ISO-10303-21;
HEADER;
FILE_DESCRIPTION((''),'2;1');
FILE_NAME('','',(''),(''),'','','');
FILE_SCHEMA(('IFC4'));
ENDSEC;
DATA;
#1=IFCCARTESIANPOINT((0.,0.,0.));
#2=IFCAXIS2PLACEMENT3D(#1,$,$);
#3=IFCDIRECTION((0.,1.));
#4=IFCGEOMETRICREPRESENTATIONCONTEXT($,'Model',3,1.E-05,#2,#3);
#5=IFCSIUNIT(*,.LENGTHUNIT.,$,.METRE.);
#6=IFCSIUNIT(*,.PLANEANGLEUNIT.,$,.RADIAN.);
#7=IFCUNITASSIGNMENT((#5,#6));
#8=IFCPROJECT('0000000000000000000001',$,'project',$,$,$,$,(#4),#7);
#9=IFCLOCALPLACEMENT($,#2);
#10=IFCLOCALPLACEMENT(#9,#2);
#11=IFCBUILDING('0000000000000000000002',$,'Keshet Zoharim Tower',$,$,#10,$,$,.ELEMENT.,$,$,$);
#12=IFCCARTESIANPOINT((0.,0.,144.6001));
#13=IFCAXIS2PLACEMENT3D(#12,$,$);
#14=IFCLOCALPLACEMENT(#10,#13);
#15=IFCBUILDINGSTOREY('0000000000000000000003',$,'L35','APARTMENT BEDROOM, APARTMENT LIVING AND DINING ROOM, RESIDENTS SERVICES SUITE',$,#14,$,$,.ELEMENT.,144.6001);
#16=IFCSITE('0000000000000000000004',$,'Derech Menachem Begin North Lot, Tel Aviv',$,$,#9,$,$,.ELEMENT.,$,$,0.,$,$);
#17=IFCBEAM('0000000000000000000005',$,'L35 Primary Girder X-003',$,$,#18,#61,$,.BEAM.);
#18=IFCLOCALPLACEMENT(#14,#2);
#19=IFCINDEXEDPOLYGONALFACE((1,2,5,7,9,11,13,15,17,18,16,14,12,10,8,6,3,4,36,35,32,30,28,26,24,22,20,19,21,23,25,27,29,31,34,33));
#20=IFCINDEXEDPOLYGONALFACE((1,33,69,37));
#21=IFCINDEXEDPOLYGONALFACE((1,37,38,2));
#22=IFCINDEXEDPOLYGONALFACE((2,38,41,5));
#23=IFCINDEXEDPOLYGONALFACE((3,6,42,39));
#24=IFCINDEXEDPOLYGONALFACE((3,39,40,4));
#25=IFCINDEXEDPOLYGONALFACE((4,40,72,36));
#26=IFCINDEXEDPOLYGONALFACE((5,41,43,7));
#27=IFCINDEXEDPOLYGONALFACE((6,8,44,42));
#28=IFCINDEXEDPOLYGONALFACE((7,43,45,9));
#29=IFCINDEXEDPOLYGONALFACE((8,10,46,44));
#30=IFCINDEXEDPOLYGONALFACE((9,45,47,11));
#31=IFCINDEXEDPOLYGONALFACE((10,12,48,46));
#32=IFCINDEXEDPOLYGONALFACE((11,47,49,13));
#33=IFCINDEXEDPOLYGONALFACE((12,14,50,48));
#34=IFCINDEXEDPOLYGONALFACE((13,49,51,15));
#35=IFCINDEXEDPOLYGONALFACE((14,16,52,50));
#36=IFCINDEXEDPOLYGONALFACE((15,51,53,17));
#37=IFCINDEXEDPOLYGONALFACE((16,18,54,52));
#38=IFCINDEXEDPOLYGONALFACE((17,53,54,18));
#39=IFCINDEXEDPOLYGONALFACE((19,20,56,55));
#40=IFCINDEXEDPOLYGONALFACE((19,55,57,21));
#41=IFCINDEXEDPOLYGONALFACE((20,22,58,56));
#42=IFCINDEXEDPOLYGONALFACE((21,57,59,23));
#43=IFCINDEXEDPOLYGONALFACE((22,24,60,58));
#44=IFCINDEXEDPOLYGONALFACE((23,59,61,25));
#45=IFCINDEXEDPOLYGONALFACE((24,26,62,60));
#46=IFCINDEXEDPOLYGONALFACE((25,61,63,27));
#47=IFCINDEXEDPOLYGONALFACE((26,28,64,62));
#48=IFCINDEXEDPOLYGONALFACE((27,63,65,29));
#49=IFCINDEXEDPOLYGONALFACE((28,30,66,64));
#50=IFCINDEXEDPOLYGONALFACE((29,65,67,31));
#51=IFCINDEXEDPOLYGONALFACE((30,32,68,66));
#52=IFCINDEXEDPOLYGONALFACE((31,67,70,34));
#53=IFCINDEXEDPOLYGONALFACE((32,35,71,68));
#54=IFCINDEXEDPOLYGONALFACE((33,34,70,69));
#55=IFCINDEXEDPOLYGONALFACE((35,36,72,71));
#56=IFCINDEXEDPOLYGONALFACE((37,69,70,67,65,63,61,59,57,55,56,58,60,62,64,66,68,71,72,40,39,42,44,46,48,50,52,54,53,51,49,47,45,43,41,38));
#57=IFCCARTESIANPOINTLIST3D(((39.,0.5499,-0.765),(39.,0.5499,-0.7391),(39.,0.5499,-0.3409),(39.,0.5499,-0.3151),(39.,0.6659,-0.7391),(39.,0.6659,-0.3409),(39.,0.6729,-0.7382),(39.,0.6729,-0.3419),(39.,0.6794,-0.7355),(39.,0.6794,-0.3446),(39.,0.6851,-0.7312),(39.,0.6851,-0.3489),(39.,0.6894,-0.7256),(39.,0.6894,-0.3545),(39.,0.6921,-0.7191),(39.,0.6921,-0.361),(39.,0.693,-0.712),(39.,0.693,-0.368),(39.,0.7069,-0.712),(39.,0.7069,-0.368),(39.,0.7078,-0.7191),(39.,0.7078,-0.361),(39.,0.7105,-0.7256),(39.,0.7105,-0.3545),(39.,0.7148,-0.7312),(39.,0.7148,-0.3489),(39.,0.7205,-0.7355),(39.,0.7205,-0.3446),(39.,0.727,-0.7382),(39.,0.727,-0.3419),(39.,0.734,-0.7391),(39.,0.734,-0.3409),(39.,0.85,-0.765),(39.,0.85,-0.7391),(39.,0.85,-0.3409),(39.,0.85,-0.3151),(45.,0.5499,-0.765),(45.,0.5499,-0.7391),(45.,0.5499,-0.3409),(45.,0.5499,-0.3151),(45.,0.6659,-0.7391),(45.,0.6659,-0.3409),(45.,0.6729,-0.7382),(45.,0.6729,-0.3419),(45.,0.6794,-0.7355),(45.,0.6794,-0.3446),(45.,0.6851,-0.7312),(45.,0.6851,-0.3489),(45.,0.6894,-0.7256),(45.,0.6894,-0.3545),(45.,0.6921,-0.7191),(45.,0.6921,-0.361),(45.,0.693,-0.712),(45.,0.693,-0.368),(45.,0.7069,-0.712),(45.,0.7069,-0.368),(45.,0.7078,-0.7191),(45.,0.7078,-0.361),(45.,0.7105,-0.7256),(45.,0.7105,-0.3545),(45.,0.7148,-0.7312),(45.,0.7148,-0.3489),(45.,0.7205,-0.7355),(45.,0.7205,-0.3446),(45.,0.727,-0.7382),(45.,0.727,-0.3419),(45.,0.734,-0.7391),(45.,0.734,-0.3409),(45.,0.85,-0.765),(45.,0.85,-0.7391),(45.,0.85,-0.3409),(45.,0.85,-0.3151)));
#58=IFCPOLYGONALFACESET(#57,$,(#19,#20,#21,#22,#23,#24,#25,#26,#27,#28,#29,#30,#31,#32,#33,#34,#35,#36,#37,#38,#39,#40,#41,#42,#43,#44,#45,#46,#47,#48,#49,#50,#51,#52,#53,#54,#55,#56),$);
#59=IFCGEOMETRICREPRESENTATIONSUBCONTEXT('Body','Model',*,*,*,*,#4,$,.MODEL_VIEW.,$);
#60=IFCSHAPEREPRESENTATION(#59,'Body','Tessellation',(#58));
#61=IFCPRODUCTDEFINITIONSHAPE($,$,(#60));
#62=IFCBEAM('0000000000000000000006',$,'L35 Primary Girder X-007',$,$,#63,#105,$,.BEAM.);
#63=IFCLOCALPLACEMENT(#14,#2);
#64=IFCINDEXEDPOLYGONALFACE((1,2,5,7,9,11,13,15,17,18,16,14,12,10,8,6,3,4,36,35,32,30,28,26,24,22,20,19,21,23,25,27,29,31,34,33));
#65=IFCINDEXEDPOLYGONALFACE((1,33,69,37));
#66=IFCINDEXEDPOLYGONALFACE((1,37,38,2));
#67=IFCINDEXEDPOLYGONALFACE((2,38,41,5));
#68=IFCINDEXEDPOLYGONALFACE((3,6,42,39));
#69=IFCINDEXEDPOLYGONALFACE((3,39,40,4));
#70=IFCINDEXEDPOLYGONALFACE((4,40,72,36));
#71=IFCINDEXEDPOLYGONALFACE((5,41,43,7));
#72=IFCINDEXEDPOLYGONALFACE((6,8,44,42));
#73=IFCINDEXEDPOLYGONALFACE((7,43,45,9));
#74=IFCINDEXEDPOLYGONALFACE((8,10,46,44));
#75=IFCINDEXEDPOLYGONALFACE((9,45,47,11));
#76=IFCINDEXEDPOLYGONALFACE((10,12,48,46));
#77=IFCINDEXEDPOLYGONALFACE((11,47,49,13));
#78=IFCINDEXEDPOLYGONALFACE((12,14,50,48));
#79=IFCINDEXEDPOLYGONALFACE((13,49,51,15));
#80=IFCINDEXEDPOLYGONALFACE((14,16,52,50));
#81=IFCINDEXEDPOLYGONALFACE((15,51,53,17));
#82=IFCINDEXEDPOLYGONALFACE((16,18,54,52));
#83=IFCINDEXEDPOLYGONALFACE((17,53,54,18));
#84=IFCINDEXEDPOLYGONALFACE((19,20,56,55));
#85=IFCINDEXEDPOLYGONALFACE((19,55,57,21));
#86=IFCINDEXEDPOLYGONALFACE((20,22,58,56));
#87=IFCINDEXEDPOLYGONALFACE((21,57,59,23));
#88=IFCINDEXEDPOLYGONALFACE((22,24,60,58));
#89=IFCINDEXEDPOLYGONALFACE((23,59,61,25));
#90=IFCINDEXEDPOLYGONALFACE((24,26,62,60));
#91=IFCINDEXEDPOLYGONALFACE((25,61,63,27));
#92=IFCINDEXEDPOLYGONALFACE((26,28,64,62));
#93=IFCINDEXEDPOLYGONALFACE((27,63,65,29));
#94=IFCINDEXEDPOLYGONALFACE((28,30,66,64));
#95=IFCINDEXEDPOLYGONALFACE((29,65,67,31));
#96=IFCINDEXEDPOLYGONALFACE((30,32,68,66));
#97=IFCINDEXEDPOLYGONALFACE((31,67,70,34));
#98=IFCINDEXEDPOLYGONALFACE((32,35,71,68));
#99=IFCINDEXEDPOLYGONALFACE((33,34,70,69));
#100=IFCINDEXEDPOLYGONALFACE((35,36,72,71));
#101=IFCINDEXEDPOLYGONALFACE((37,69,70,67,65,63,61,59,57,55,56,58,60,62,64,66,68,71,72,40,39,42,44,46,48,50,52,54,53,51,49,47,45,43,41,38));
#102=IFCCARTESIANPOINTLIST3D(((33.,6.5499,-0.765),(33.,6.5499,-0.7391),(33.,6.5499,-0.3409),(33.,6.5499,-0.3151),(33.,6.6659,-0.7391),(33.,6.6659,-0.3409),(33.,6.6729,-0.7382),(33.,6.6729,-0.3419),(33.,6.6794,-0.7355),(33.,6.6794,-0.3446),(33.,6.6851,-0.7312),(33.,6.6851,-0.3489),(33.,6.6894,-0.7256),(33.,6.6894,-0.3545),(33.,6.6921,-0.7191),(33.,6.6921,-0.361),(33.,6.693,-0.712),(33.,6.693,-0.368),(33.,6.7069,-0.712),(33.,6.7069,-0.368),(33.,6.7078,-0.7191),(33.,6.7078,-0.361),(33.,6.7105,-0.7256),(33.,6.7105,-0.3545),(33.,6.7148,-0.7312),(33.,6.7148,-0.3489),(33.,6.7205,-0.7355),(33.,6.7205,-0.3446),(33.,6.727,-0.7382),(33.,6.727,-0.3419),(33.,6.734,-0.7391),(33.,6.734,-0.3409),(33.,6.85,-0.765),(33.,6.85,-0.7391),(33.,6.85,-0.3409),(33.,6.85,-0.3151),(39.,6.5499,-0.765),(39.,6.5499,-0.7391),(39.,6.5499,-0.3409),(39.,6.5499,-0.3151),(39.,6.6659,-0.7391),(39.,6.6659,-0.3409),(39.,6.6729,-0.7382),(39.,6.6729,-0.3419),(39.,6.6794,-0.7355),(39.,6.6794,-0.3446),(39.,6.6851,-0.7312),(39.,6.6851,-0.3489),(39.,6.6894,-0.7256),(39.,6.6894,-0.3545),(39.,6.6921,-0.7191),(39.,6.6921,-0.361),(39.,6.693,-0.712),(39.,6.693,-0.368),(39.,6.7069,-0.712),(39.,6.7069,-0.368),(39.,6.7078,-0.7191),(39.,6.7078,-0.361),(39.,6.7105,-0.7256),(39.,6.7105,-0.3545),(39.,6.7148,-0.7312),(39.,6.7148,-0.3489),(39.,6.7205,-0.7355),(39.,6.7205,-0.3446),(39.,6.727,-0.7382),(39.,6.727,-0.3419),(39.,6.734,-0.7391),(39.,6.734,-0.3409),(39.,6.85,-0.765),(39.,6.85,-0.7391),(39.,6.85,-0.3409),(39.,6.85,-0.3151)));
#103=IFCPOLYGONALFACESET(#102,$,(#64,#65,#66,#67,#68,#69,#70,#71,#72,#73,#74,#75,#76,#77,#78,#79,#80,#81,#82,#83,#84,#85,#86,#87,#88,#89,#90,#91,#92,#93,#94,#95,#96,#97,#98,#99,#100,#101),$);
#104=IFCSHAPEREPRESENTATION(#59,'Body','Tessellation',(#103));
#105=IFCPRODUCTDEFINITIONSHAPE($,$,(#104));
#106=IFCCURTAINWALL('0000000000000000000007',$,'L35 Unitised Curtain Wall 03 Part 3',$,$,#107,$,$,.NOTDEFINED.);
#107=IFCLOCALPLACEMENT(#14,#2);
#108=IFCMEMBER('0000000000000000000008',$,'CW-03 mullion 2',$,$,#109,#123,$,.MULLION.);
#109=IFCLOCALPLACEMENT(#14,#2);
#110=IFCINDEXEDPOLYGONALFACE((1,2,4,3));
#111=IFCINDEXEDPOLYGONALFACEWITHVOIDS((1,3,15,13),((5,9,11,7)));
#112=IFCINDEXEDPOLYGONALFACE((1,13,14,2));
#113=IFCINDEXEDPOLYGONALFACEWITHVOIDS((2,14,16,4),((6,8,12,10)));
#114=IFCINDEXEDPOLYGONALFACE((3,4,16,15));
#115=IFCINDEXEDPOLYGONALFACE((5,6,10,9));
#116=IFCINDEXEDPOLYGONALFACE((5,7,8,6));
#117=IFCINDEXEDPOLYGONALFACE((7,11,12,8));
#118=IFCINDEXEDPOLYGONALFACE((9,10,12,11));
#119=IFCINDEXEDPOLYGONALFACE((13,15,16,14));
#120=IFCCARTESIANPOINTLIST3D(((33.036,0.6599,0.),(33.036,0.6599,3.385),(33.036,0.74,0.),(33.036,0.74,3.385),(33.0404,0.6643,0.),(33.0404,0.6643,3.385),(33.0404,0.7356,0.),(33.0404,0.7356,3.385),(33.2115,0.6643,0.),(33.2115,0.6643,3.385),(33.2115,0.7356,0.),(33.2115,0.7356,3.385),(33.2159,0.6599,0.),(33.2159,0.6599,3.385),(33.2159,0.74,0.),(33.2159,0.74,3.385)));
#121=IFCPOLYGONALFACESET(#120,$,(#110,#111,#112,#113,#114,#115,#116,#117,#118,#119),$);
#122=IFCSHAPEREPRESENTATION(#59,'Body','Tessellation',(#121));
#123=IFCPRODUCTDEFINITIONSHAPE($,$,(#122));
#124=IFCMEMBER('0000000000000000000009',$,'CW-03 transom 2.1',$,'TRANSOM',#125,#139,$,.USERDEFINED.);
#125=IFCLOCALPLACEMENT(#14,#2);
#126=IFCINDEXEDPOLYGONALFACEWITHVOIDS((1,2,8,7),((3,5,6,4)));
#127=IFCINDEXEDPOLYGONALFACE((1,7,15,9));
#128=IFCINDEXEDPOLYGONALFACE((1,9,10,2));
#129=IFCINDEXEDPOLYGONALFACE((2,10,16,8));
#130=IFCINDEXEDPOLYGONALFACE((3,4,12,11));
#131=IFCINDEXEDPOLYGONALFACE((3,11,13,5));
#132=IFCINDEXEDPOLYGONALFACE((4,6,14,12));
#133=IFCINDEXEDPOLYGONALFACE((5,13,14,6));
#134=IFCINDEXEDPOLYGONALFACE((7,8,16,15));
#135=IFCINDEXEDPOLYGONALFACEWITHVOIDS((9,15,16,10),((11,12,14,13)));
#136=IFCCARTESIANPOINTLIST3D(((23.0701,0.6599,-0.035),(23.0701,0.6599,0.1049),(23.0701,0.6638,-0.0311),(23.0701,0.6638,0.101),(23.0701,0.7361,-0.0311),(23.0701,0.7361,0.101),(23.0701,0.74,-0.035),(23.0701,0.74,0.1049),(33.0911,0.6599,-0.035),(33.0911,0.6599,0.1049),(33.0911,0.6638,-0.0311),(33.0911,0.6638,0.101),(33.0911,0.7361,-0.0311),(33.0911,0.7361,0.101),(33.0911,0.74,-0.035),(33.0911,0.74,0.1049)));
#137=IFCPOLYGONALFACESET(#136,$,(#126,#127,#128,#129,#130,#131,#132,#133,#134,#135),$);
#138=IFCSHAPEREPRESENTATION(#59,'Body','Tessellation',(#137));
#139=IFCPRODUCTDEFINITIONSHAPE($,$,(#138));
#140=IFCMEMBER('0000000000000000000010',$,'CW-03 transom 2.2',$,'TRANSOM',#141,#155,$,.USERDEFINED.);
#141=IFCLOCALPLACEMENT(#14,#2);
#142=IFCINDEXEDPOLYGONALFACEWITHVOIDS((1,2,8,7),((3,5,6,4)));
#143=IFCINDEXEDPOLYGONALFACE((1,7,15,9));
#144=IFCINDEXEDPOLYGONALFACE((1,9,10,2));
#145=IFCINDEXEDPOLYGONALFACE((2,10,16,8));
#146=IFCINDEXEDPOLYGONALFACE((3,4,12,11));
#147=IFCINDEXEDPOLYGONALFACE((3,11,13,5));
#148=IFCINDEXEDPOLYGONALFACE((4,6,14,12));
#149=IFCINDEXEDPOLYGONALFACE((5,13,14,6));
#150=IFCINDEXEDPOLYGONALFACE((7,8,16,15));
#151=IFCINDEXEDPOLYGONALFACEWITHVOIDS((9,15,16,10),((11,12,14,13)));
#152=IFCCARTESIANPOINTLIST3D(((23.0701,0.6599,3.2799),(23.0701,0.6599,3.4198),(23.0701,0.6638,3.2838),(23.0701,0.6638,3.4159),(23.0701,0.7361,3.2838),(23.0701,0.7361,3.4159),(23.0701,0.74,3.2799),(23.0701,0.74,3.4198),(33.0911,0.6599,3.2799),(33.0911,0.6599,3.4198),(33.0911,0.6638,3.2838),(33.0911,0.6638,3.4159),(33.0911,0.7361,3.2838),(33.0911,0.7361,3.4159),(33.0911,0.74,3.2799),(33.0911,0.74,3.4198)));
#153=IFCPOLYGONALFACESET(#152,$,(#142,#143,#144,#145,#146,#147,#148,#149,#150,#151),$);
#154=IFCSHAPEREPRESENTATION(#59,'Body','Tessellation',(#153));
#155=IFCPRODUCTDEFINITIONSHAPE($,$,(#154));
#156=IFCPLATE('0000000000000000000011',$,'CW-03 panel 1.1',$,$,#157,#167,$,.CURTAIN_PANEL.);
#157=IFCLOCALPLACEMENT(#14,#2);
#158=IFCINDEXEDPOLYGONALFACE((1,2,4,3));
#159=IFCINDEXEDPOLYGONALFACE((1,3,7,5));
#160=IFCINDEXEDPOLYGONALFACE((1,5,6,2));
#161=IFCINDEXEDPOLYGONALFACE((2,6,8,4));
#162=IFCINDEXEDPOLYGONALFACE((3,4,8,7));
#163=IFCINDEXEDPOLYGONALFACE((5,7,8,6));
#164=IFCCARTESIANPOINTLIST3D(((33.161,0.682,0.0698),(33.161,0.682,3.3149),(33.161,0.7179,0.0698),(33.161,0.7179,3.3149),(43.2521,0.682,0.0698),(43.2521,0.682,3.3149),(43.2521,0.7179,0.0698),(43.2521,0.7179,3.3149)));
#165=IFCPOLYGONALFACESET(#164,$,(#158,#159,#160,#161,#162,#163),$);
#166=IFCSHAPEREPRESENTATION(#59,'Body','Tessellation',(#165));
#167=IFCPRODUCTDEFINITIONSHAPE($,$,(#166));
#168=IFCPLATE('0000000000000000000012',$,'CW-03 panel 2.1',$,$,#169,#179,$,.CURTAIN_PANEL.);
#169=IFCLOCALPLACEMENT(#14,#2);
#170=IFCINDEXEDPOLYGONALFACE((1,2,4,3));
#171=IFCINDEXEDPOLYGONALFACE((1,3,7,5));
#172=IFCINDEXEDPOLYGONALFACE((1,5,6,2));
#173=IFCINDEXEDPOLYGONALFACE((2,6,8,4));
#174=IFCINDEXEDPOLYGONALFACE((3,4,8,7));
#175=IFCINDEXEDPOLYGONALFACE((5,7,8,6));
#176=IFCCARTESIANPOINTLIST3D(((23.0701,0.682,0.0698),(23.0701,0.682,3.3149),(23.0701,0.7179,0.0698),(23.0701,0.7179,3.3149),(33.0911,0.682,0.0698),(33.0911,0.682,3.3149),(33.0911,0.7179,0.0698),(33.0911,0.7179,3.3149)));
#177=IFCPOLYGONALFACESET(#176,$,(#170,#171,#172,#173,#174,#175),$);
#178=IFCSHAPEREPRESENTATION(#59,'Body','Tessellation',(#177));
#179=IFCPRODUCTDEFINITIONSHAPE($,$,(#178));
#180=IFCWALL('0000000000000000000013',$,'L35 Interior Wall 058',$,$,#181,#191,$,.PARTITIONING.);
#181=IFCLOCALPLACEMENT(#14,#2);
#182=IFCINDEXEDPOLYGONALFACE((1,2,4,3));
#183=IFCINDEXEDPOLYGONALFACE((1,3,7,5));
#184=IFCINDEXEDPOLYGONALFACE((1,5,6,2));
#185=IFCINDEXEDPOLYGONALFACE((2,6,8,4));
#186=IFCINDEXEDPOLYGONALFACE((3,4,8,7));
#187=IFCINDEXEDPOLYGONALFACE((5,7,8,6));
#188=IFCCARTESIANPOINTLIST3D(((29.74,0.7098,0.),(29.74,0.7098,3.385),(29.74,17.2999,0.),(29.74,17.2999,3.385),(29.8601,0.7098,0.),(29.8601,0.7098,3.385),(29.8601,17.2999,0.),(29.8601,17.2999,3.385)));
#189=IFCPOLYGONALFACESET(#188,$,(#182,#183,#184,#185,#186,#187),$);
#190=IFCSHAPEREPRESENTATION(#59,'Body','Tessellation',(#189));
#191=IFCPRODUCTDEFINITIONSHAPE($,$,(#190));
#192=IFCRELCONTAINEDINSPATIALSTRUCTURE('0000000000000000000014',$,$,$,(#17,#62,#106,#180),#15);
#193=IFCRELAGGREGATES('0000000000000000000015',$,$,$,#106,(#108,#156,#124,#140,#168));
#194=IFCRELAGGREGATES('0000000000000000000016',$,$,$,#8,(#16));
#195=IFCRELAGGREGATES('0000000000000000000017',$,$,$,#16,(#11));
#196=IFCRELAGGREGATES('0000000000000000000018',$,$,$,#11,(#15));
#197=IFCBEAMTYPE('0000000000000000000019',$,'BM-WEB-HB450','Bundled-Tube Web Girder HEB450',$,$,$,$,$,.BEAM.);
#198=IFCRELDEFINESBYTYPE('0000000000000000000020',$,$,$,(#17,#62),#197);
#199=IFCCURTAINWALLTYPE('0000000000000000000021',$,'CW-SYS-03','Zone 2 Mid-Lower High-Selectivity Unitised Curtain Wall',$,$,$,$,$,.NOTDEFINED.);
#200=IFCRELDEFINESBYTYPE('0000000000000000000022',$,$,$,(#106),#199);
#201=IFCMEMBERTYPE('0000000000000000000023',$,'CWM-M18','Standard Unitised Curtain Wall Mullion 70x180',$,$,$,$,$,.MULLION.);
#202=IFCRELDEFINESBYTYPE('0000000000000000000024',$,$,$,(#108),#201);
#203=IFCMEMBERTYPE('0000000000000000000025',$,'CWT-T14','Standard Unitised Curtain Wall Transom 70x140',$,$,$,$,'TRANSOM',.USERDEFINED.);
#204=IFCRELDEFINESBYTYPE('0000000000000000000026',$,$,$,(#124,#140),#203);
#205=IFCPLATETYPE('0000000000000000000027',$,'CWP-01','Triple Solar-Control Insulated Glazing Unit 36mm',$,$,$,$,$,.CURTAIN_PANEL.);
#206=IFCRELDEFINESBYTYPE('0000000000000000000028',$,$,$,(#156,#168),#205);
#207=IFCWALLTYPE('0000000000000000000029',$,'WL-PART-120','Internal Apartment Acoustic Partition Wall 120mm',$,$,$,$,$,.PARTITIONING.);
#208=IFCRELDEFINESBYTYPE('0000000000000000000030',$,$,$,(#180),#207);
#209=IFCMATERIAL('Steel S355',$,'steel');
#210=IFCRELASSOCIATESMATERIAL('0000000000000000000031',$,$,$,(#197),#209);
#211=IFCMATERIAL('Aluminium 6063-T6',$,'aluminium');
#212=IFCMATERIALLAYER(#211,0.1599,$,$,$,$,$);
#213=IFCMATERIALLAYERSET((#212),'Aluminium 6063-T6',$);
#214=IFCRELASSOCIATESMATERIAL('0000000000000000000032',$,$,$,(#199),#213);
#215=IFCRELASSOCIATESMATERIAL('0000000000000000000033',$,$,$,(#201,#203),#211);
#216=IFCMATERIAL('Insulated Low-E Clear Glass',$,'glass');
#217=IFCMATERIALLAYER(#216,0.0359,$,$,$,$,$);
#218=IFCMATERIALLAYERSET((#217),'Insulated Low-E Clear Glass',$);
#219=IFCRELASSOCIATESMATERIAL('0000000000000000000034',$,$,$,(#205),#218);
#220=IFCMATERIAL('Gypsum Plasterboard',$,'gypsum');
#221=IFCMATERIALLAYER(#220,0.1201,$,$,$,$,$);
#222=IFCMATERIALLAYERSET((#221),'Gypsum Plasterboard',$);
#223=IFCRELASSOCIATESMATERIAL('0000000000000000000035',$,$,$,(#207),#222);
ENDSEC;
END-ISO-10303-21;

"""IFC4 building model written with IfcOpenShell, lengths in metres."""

from ifc_helpers import new_model, si_unit, direction, frame, frame_2d, origin, origin_2d, place, context, subcontext, project, spatial, rectangle, hollow_rectangle, i_section, extrude, material, layer, layer_set, material_profile, profile_set, type_object, element, aggregate, save


model = new_model("IFC4")

# Units and contexts
model_context = context("Model", 3, precision=1e-05, world=origin(), true_north=direction((0.0, 1.0)))
body_context = subcontext(model_context, "Body", "Model", "MODEL_VIEW")
ifc_project = project(units=[si_unit("LENGTHUNIT", "METRE"), si_unit("PLANEANGLEUNIT", "RADIAN")], contexts=[model_context])

# Site, building, storey
site_placement = place(None, origin())
site = spatial("IfcSite", under=ifc_project, at=site_placement, Name="Derech Menachem Begin North Lot, Tel Aviv", CompositionType="ELEMENT", RefElevation=0.0)
building_placement = place(site_placement, origin())
building = spatial("IfcBuilding", under=site, at=building_placement, Name="Keshet Zoharim Tower", CompositionType="ELEMENT")
storey_placement = place(building_placement, frame((0.0, 0.0, 144.6001)))
storey = spatial("IfcBuildingStorey", under=building, at=storey_placement, Name="L35", Description="APARTMENT BEDROOM, APARTMENT LIVING AND DINING ROOM, RESIDENTS SERVICES SUITE", CompositionType="ELEMENT", Elevation=144.6001)

# Shared definitions
ifc_material_1 = material(Name="Steel S355", Category="steel")

# Beams
ifc_material_profile_1 = material_profile(ifc_material_1, i_section(OverallWidth=0.3, OverallDepth=0.45, WebThickness=0.0139, FlangeThickness=0.0259, FilletRadius=0.0271, at=origin_2d()), Name="HEB450")
ifc_profile_set_1 = profile_set([ifc_material_profile_1], Name="Steel S355")
beam_type_1 = type_object("IfcBeamType", Name="BM-WEB-HB450", Description="Bundled-Tube Web Girder HEB450", PredefinedType="BEAM", material=ifc_profile_set_1)
for number, where, z_axis, x_axis, name in (
    (1, (39.0, 0.7, -0.54), (1.0, 0.0, 0.0), (0.0, 1.0, 0.0), "L35 Primary Girder X-003"),
    (2, (33.0, 6.7, -0.54), (1.0, 0.0, 0.0), (0.0, 1.0, 0.0), "L35 Primary Girder X-007"),
):
    element("IfcBeam", number, at=place(storey_placement, frame(where, z_axis=z_axis, x_axis=x_axis)), inside=storey, type_object=beam_type_1, Name=name, PredefinedType="BEAM", context=body_context, shape_type="SweptSolid", body=[
        extrude(i_section(OverallWidth=0.3, OverallDepth=0.45, WebThickness=0.0139, FlangeThickness=0.0259, FilletRadius=0.0271, at=origin_2d()), origin(), (0.0, 0.0, 1.0), 6.0),
    ])

# Curtain wall, members, plates
ifc_material_2 = material(Name="Aluminium 6063-T6", Category="aluminium")
ifc_layer_1 = layer(ifc_material_2, 0.1599)
ifc_layer_set_1 = layer_set([ifc_layer_1], Name="Aluminium 6063-T6")
curtain_wall_type = type_object("IfcCurtainWallType", Name="CW-SYS-03", Description="Zone 2 Mid-Lower High-Selectivity Unitised Curtain Wall", PredefinedType="NOTDEFINED", material=ifc_layer_set_1)
curtain_wall_placement = place(storey_placement, origin())
curtain_wall = element("IfcCurtainWall", 3, at=curtain_wall_placement, inside=storey, type_object=curtain_wall_type, Name="L35 Unitised Curtain Wall 03 Part 3", PredefinedType="NOTDEFINED")
ifc_material_profile_2 = material_profile(ifc_material_2, hollow_rectangle(XDim=0.0801, YDim=0.1799, WallThickness=0.0044, at=origin_2d()), Name="MUL-80x180")
ifc_profile_set_2 = profile_set([ifc_material_profile_2], Name="Aluminium 6063-T6")
member_type_1 = type_object("IfcMemberType", Name="CWM-M18", Description="Standard Unitised Curtain Wall Mullion 70x180", PredefinedType="MULLION", material=ifc_profile_set_2)
member_1_placement = place(storey_placement, frame((33.126, 0.7, 0.0), z_axis=(0.0, 0.0, 1.0), x_axis=(0.0, -1.0, 0.0)))
member_1 = element("IfcMember", 4, at=member_1_placement, type_object=member_type_1, Name="CW-03 mullion 2", PredefinedType="MULLION", context=body_context, shape_type="SweptSolid", body=[
    extrude(hollow_rectangle(XDim=0.0801, YDim=0.1799, WallThickness=0.0044, at=origin_2d()), origin(), (0.0, 0.0, 1.0), 3.385),
])
ifc_material_profile_3 = material_profile(ifc_material_2, hollow_rectangle(XDim=0.0801, YDim=0.1399, WallThickness=0.0039, at=origin_2d()), Name="TRN-80x140")
ifc_profile_set_3 = profile_set([ifc_material_profile_3], Name="Aluminium 6063-T6")
member_type_2 = type_object("IfcMemberType", Name="CWT-T14", Description="Standard Unitised Curtain Wall Transom 70x140", ElementType="TRANSOM", PredefinedType="USERDEFINED", material=ifc_profile_set_3)
member_2_placement = place(storey_placement, frame((33.0911, 0.7, 0.0349), z_axis=(-1.0, 0.0, 0.0), x_axis=(0.0, -1.0, 0.0)))
member_2 = element("IfcMember", 5, at=member_2_placement, type_object=member_type_2, Name="CW-03 transom 2.1", ObjectType="TRANSOM", PredefinedType="USERDEFINED", context=body_context, shape_type="SweptSolid", body=[
    extrude(hollow_rectangle(XDim=0.0801, YDim=0.1399, WallThickness=0.0039, at=origin_2d()), origin(), (0.0, 0.0, 1.0), 10.021),
])
member_3_placement = place(storey_placement, frame((33.0911, 0.7, 3.3499), z_axis=(-1.0, 0.0, 0.0), x_axis=(0.0, -1.0, 0.0)))
member_3 = element("IfcMember", 6, at=member_3_placement, type_object=member_type_2, Name="CW-03 transom 2.2", ObjectType="TRANSOM", PredefinedType="USERDEFINED", context=body_context, shape_type="SweptSolid", body=[
    extrude(hollow_rectangle(XDim=0.0801, YDim=0.1399, WallThickness=0.0039, at=origin_2d()), origin(), (0.0, 0.0, 1.0), 10.021),
])
ifc_material_3 = material(Name="Insulated Low-E Clear Glass", Category="glass")
ifc_layer_2 = layer(ifc_material_3, 0.0359)
ifc_layer_set_2 = layer_set([ifc_layer_2], Name="Insulated Low-E Clear Glass")
plate_type = type_object("IfcPlateType", Name="CWP-01", Description="Triple Solar-Control Insulated Glazing Unit 36mm", PredefinedType="CURTAIN_PANEL", material=ifc_layer_set_2)
plate_1_placement = place(storey_placement, frame((38.2065, 0.7, 0.0698), z_axis=(0.0, 0.0, 1.0), x_axis=(-1.0, 0.0, 0.0)))
plate_1 = element("IfcPlate", 7, at=plate_1_placement, type_object=plate_type, Name="CW-03 panel 1.1", PredefinedType="CURTAIN_PANEL", context=body_context, shape_type="SweptSolid", body=[
    extrude(rectangle(XDim=10.0911, YDim=0.0359, at=origin_2d()), origin(), (0.0, 0.0, 1.0), 3.2451),
])
plate_2_placement = place(storey_placement, frame((28.0806, 0.7, 0.0698), z_axis=(0.0, 0.0, 1.0), x_axis=(-1.0, 0.0, 0.0)))
plate_2 = element("IfcPlate", 8, at=plate_2_placement, type_object=plate_type, Name="CW-03 panel 2.1", PredefinedType="CURTAIN_PANEL", context=body_context, shape_type="SweptSolid", body=[
    extrude(rectangle(XDim=10.021, YDim=0.0359, at=origin_2d()), origin(), (0.0, 0.0, 1.0), 3.2451),
])
aggregate(curtain_wall, [member_1, plate_1, member_2, member_3, plate_2])

# Wall
ifc_material_4 = material(Name="Gypsum Plasterboard", Category="gypsum")
ifc_layer_3 = layer(ifc_material_4, 0.1201)
ifc_layer_set_3 = layer_set([ifc_layer_3], Name="Gypsum Plasterboard")
wall_type = type_object("IfcWallType", Name="WL-PART-120", Description="Internal Apartment Acoustic Partition Wall 120mm", PredefinedType="PARTITIONING", material=ifc_layer_set_3)
wall_1_placement = place(storey_placement, frame((29.8, 0.71, 0.0), z_axis=(0.0, 0.0, 1.0), x_axis=(0.0, 1.0, 0.0)))
element("IfcWall", 9, at=wall_1_placement, inside=storey, type_object=wall_type, Name="L35 Interior Wall 058", PredefinedType="PARTITIONING", context=body_context, shape_type="SweptSolid", body=[
    extrude(rectangle(XDim=16.5901, YDim=0.1201, at=frame_2d((8.2949, 0.0))), origin(), (0.0, 0.0, 1.0), 3.385),
])

save(model, "model.ifc")
